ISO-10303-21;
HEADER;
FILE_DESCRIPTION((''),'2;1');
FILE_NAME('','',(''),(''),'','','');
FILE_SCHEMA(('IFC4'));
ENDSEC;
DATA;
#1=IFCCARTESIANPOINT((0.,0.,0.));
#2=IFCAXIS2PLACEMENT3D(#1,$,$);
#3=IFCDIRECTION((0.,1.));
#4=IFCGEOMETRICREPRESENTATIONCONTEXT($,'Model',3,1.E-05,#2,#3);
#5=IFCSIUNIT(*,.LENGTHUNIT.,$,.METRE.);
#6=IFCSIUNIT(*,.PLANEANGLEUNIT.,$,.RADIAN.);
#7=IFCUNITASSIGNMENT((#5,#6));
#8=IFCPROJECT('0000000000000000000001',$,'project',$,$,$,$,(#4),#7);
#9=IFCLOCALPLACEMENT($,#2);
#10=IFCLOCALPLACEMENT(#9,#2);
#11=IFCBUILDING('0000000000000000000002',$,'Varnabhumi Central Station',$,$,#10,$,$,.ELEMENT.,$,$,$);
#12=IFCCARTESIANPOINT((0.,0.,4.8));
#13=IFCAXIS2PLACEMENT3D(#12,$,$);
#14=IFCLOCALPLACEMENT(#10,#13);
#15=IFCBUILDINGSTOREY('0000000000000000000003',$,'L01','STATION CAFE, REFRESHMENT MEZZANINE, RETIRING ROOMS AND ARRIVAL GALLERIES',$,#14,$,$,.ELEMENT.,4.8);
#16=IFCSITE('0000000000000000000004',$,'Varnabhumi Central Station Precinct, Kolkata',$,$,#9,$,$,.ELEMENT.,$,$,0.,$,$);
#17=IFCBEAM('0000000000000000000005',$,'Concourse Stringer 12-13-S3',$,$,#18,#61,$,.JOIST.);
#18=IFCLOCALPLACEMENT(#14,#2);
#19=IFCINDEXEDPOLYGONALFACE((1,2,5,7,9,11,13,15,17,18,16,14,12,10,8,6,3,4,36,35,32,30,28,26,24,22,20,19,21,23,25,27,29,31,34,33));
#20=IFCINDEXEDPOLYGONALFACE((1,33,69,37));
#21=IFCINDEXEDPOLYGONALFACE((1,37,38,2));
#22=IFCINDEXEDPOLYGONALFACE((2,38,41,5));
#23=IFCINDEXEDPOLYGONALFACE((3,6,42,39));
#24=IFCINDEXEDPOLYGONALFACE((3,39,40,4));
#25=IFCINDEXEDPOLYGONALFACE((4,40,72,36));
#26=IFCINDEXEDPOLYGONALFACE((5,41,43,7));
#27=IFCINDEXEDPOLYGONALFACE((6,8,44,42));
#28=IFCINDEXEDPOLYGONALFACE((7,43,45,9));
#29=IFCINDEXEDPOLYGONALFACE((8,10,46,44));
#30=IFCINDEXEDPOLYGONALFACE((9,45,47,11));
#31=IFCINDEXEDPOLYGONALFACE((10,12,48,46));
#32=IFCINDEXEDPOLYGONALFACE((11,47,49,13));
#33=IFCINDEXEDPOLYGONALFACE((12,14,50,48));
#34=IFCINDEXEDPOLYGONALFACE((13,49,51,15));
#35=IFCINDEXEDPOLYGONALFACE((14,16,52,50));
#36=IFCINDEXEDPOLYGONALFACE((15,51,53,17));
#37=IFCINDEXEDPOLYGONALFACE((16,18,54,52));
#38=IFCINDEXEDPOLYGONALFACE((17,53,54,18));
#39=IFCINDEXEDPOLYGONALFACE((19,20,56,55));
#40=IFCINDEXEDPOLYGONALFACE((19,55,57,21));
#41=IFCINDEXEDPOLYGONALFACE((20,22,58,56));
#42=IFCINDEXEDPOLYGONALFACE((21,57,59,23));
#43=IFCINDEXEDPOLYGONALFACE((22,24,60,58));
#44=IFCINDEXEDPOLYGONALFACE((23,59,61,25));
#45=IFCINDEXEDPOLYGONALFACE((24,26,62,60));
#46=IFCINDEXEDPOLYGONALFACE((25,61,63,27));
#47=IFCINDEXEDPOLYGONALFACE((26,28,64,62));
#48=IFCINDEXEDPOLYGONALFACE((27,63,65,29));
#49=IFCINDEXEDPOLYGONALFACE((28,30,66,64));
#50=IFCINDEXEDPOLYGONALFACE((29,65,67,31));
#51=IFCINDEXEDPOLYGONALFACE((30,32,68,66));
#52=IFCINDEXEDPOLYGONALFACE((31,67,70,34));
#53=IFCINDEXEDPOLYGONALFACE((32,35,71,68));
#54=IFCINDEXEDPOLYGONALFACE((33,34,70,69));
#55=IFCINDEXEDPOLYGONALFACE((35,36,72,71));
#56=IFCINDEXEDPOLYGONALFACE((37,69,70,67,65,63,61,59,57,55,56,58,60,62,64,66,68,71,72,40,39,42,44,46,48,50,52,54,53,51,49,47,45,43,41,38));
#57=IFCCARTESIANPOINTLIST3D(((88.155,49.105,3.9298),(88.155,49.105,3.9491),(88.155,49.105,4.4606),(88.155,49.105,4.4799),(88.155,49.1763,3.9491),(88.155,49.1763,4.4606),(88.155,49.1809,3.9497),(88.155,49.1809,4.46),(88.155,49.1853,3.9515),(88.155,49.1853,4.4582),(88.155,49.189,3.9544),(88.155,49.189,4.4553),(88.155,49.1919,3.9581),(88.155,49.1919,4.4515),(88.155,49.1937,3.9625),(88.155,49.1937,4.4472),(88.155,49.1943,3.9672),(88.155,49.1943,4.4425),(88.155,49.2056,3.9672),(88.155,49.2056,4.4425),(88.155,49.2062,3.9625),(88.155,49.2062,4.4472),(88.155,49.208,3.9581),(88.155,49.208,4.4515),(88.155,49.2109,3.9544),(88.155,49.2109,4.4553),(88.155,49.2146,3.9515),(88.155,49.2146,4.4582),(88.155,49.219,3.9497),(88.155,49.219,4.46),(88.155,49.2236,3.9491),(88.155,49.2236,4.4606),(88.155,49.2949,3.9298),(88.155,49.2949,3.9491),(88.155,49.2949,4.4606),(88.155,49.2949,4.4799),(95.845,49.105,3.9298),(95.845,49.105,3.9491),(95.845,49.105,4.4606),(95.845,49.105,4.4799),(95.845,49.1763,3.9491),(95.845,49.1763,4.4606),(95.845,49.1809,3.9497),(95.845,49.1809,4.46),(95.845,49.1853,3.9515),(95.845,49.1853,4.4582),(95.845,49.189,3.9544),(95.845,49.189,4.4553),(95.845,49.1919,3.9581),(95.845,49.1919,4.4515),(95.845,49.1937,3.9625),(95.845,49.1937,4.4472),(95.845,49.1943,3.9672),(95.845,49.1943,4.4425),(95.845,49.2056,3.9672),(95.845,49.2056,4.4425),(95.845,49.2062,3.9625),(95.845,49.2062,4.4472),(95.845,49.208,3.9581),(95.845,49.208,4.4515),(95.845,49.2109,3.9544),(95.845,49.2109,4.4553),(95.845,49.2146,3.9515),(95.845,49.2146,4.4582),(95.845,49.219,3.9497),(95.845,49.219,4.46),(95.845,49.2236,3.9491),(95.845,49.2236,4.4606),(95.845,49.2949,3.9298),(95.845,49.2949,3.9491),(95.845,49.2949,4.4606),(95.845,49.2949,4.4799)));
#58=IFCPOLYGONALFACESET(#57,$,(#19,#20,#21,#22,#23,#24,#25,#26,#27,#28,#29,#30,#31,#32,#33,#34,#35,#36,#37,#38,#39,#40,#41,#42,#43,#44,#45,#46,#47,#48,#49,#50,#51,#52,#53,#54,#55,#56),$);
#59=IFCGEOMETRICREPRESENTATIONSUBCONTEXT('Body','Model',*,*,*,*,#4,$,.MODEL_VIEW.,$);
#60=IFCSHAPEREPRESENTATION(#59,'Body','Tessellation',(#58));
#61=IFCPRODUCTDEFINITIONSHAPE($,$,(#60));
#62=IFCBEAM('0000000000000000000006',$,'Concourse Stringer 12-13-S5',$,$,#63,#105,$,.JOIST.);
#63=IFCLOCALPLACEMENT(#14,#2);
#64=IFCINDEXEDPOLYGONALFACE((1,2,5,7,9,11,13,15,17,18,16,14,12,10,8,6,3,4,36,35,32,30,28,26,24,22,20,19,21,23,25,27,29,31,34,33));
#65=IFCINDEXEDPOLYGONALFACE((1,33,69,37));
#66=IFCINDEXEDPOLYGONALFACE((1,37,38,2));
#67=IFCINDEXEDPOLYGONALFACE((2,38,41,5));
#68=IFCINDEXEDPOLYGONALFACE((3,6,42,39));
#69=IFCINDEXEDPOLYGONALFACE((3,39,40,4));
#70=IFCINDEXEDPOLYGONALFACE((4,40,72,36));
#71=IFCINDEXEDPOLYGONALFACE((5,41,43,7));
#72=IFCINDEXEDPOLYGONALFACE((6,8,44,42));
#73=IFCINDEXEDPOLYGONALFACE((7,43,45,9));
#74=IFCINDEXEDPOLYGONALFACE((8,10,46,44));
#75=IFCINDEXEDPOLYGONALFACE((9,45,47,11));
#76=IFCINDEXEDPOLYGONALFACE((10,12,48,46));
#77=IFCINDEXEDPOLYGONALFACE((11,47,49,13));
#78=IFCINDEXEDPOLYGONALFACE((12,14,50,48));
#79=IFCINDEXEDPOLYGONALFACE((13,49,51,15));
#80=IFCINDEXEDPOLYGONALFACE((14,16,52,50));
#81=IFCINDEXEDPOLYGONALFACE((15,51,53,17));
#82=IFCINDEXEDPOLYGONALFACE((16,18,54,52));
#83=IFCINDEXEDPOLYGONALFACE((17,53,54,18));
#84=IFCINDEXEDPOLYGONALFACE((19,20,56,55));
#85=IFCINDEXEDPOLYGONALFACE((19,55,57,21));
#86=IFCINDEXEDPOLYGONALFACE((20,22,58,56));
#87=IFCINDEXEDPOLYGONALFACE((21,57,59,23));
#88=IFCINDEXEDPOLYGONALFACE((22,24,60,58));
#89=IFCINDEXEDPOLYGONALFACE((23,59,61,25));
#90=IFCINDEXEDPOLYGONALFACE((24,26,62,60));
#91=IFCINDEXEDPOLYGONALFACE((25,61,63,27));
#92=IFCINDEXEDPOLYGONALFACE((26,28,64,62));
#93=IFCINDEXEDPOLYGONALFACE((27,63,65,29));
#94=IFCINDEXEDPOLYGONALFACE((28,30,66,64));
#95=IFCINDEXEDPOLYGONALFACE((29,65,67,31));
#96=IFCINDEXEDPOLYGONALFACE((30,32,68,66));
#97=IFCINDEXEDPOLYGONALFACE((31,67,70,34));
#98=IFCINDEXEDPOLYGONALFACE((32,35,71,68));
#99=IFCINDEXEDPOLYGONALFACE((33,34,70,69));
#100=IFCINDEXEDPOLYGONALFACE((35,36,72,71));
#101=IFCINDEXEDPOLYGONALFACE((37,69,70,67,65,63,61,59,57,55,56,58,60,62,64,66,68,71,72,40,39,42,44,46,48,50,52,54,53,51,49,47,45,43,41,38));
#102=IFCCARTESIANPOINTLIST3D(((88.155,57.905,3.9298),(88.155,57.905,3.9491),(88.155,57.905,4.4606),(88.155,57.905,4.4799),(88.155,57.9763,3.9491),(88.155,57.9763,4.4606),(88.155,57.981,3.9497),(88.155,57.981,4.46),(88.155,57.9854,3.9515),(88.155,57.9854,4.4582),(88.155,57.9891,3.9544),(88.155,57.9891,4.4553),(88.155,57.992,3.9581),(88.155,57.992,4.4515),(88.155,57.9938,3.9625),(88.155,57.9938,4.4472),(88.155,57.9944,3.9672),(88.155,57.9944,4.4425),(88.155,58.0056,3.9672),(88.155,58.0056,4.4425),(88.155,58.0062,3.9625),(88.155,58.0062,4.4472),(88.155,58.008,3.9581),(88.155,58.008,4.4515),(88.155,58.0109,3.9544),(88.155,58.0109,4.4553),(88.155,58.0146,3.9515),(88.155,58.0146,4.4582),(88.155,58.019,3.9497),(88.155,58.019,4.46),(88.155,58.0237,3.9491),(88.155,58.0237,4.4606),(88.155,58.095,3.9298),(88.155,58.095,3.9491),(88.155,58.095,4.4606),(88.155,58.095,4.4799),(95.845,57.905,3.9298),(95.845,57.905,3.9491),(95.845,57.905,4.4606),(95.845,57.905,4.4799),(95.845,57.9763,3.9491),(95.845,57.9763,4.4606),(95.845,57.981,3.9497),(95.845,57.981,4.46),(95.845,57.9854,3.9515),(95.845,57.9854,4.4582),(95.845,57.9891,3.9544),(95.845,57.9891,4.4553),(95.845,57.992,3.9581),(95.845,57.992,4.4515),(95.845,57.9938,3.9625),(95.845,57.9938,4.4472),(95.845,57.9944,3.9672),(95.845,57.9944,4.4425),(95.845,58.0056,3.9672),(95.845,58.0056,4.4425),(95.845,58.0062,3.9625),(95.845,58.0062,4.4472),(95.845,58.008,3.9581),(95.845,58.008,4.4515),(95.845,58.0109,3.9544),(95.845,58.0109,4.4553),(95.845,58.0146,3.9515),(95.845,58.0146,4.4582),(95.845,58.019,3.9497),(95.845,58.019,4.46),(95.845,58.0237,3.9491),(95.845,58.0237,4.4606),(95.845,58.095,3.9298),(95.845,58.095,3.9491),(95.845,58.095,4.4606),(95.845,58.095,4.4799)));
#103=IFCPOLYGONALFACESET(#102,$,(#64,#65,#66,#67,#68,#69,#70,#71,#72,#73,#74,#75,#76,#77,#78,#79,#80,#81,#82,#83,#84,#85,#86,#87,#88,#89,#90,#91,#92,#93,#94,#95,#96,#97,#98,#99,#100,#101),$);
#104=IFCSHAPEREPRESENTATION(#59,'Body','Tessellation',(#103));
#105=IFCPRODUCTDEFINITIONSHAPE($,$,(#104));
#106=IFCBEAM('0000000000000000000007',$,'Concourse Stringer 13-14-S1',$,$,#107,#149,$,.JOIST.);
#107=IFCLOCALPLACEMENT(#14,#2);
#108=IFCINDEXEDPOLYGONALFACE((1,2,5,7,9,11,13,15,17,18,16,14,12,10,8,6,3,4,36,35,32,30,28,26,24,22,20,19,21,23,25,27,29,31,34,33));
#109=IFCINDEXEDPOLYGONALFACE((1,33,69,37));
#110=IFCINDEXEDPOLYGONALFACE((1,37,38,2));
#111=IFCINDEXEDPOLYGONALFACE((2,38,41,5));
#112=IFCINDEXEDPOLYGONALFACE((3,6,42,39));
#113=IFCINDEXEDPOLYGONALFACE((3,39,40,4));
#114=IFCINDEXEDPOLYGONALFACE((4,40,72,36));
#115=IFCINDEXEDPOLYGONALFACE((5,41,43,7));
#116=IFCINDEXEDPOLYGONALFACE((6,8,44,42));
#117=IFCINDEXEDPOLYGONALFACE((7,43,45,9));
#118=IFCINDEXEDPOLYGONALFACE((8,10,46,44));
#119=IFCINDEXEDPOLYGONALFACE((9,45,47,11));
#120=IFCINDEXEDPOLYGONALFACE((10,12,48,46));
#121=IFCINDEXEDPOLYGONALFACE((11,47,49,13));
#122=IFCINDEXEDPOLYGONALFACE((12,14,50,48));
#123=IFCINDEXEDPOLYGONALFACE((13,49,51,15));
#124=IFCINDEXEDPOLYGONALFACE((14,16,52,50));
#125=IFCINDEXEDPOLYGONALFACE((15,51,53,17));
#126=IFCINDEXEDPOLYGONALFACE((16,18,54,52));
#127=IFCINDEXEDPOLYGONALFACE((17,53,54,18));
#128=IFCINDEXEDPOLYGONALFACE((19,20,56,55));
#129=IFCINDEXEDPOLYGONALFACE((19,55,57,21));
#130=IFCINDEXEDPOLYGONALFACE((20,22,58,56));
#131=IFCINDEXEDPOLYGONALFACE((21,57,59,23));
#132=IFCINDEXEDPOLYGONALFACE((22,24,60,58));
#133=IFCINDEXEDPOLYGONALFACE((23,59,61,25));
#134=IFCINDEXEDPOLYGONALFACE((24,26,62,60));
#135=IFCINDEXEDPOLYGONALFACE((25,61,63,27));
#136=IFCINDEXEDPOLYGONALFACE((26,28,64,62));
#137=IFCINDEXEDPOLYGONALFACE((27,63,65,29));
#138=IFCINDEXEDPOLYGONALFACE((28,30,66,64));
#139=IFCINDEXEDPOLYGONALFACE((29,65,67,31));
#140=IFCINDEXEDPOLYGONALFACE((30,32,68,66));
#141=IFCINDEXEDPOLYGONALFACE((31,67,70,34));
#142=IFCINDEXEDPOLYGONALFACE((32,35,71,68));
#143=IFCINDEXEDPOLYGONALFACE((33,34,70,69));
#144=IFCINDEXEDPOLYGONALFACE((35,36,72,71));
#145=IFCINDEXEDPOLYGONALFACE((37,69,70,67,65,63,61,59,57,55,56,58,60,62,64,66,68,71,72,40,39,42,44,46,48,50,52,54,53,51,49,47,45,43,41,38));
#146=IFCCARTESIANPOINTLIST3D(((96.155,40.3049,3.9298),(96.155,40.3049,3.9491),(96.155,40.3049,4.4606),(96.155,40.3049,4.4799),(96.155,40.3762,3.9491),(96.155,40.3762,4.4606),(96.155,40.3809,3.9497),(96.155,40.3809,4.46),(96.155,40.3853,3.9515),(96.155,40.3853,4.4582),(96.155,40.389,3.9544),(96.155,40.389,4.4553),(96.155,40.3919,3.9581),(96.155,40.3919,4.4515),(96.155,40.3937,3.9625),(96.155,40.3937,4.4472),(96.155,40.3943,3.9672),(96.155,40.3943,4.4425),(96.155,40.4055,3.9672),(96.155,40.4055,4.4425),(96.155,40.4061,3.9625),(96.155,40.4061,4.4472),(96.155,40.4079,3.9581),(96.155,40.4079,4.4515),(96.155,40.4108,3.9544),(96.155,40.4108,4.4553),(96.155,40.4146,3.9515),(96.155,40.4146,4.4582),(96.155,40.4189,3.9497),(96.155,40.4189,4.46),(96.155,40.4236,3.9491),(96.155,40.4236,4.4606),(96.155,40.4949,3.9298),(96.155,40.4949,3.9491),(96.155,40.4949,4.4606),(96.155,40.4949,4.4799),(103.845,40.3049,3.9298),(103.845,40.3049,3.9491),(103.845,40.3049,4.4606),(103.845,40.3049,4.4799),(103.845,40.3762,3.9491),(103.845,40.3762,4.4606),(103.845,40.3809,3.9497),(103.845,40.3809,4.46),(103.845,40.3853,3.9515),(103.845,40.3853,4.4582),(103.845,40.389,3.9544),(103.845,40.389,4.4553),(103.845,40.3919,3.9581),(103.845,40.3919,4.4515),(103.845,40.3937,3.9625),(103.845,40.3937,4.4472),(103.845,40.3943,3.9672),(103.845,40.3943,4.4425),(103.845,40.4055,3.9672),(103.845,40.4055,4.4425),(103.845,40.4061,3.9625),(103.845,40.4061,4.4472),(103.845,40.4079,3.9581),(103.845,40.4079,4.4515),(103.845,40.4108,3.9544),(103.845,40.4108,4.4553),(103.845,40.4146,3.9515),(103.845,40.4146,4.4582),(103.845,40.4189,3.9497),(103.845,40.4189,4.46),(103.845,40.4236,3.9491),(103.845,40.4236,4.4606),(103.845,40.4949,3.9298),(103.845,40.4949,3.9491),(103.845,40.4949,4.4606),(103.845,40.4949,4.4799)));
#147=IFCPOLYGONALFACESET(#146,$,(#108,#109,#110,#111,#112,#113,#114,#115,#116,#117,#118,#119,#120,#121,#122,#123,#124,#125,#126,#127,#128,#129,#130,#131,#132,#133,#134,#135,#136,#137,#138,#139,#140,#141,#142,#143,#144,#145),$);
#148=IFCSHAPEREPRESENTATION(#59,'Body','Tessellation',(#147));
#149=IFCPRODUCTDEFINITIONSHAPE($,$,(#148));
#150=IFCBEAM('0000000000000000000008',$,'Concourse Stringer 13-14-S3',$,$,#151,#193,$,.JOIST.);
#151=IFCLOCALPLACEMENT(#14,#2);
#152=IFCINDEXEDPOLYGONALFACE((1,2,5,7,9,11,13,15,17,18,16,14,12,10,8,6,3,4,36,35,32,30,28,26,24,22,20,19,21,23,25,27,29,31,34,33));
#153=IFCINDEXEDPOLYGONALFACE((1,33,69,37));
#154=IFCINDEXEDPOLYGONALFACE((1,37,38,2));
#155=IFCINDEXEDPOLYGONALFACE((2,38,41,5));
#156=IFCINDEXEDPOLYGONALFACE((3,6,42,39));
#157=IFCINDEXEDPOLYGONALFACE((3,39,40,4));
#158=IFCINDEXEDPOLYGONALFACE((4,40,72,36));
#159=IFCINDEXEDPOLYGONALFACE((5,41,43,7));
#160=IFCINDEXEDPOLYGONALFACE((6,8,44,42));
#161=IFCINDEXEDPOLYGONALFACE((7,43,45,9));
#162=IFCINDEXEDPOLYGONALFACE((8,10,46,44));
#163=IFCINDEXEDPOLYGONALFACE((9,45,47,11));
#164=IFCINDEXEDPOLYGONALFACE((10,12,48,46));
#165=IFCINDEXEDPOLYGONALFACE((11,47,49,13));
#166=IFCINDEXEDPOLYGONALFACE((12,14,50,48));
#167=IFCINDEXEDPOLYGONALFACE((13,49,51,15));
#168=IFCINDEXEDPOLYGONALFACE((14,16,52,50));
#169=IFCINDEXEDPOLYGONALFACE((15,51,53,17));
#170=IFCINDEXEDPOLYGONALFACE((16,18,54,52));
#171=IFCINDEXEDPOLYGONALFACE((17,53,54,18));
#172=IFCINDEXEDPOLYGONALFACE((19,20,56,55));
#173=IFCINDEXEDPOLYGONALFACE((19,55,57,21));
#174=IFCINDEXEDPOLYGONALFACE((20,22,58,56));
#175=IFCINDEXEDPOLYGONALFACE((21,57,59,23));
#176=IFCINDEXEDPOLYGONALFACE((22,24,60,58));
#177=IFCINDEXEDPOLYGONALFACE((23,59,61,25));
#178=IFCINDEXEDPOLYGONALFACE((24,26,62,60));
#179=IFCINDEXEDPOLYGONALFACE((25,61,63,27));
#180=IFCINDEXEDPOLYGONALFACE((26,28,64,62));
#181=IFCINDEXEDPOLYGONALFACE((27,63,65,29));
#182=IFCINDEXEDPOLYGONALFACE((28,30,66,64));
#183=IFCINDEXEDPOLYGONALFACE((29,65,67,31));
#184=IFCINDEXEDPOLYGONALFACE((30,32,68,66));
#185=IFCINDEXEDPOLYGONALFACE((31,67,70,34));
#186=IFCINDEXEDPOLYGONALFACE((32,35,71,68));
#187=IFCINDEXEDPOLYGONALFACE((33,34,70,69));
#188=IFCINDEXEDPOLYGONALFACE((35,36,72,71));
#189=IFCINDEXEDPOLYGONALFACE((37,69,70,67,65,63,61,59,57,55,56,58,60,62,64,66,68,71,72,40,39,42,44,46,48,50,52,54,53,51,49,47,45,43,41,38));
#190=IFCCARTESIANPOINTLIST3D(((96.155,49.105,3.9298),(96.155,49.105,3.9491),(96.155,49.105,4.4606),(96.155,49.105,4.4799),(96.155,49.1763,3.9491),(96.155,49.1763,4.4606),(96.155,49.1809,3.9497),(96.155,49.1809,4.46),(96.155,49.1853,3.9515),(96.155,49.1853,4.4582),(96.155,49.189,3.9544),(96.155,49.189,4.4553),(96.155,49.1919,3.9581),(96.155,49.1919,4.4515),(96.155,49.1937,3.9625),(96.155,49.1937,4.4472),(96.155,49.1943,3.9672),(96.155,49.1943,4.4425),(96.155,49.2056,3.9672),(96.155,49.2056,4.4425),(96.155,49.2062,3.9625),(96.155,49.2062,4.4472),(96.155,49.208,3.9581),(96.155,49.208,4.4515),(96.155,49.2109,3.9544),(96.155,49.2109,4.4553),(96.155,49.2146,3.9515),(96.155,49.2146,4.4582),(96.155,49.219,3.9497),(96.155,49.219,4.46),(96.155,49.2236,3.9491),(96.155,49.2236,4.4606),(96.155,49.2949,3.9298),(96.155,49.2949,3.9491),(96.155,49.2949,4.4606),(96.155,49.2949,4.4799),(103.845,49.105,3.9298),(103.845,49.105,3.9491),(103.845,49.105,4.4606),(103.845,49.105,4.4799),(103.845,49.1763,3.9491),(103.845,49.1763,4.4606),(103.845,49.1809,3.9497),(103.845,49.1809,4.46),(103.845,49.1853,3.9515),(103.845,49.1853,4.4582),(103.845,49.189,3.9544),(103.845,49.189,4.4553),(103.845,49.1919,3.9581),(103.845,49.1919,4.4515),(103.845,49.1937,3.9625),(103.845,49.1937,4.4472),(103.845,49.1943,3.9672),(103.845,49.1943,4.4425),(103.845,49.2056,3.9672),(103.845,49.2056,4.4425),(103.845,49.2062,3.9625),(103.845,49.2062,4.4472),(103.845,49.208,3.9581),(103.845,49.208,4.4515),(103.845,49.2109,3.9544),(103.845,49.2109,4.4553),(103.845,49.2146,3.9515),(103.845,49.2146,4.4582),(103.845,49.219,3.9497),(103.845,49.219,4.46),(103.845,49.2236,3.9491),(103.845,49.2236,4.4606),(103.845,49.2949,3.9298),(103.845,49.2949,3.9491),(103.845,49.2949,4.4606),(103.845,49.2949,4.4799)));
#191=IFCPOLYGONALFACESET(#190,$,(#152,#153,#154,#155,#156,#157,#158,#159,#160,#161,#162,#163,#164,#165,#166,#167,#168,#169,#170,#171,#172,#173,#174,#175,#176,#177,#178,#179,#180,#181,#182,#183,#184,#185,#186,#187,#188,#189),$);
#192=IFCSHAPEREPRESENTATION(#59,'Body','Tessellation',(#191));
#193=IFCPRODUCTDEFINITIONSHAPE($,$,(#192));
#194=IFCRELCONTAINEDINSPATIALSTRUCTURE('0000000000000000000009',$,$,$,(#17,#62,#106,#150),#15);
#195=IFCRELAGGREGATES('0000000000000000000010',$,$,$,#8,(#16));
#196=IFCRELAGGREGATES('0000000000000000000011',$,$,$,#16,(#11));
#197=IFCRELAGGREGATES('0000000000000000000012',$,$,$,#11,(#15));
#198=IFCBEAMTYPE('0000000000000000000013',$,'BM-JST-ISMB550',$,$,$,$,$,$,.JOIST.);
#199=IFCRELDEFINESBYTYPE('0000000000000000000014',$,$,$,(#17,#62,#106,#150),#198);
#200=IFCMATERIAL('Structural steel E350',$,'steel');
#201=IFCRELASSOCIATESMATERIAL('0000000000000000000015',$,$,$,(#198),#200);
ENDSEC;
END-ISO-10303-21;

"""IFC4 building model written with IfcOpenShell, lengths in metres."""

from ifc_helpers import new_model, si_unit, direction, frame, origin, origin_2d, place, context, subcontext, project, spatial, i_section, extrude, material, material_profile, profile_set, type_object, element, save


model = new_model("IFC4")

# Units and contexts
model_context = context("Model", 3, precision=1e-05, world=origin(), true_north=direction((0.0, 1.0)))
body_context = subcontext(model_context, "Body", "Model", "MODEL_VIEW")
ifc_project = project(units=[si_unit("LENGTHUNIT", "METRE"), si_unit("PLANEANGLEUNIT", "RADIAN")], contexts=[model_context])

# Site, building, storey
site_placement = place(None, origin())
site = spatial("IfcSite", under=ifc_project, at=site_placement, Name="Varnabhumi Central Station Precinct, Kolkata", CompositionType="ELEMENT", RefElevation=0.0)
building_placement = place(site_placement, origin())
building = spatial("IfcBuilding", under=site, at=building_placement, Name="Varnabhumi Central Station", CompositionType="ELEMENT")
storey_placement = place(building_placement, frame((0.0, 0.0, 4.8)))
storey = spatial("IfcBuildingStorey", under=building, at=storey_placement, Name="L01", Description="STATION CAFE, REFRESHMENT MEZZANINE, RETIRING ROOMS AND ARRIVAL GALLERIES", CompositionType="ELEMENT", Elevation=4.8)

# Beams
ifc_material_1 = material(Name="Structural steel E350", Category="steel")
ifc_material_profile_1 = material_profile(ifc_material_1, i_section(OverallWidth=0.1899, OverallDepth=0.55, WebThickness=0.0112, FlangeThickness=0.0193, FilletRadius=0.0181, at=origin_2d()), Name="Structural steel E350", Category="steel")
ifc_profile_set_1 = profile_set([ifc_material_profile_1], Name="Structural steel E350")
beam_type_1 = type_object("IfcBeamType", Name="BM-JST-ISMB550", PredefinedType="JOIST", material=ifc_profile_set_1)
for number, where, z_axis, x_axis, name in (
    (1, (88.155, 49.2, 4.2048), (1.0, 0.0, 0.0), (0.0, 1.0, 0.0), "Concourse Stringer 12-13-S3"),
    (2, (88.155, 58.0, 4.2048), (1.0, 0.0, 0.0), (0.0, 1.0, 0.0), "Concourse Stringer 12-13-S5"),
    (3, (96.155, 40.3999, 4.2048), (1.0, 0.0, 0.0), (0.0, 1.0, 0.0), "Concourse Stringer 13-14-S1"),
    (4, (96.155, 49.2, 4.2048), (1.0, 0.0, 0.0), (0.0, 1.0, 0.0), "Concourse Stringer 13-14-S3"),
):
    element("IfcBeam", number, at=place(storey_placement, frame(where, z_axis=z_axis, x_axis=x_axis)), inside=storey, type_object=beam_type_1, Name=name, PredefinedType="JOIST", context=body_context, shape_type="SweptSolid", body=[
        extrude(i_section(OverallWidth=0.1899, OverallDepth=0.55, WebThickness=0.0112, FlangeThickness=0.0193, FilletRadius=0.0181, at=origin_2d()), origin(), (0.0, 0.0, 1.0), 7.6899),
    ])

save(model, "model.ifc")
